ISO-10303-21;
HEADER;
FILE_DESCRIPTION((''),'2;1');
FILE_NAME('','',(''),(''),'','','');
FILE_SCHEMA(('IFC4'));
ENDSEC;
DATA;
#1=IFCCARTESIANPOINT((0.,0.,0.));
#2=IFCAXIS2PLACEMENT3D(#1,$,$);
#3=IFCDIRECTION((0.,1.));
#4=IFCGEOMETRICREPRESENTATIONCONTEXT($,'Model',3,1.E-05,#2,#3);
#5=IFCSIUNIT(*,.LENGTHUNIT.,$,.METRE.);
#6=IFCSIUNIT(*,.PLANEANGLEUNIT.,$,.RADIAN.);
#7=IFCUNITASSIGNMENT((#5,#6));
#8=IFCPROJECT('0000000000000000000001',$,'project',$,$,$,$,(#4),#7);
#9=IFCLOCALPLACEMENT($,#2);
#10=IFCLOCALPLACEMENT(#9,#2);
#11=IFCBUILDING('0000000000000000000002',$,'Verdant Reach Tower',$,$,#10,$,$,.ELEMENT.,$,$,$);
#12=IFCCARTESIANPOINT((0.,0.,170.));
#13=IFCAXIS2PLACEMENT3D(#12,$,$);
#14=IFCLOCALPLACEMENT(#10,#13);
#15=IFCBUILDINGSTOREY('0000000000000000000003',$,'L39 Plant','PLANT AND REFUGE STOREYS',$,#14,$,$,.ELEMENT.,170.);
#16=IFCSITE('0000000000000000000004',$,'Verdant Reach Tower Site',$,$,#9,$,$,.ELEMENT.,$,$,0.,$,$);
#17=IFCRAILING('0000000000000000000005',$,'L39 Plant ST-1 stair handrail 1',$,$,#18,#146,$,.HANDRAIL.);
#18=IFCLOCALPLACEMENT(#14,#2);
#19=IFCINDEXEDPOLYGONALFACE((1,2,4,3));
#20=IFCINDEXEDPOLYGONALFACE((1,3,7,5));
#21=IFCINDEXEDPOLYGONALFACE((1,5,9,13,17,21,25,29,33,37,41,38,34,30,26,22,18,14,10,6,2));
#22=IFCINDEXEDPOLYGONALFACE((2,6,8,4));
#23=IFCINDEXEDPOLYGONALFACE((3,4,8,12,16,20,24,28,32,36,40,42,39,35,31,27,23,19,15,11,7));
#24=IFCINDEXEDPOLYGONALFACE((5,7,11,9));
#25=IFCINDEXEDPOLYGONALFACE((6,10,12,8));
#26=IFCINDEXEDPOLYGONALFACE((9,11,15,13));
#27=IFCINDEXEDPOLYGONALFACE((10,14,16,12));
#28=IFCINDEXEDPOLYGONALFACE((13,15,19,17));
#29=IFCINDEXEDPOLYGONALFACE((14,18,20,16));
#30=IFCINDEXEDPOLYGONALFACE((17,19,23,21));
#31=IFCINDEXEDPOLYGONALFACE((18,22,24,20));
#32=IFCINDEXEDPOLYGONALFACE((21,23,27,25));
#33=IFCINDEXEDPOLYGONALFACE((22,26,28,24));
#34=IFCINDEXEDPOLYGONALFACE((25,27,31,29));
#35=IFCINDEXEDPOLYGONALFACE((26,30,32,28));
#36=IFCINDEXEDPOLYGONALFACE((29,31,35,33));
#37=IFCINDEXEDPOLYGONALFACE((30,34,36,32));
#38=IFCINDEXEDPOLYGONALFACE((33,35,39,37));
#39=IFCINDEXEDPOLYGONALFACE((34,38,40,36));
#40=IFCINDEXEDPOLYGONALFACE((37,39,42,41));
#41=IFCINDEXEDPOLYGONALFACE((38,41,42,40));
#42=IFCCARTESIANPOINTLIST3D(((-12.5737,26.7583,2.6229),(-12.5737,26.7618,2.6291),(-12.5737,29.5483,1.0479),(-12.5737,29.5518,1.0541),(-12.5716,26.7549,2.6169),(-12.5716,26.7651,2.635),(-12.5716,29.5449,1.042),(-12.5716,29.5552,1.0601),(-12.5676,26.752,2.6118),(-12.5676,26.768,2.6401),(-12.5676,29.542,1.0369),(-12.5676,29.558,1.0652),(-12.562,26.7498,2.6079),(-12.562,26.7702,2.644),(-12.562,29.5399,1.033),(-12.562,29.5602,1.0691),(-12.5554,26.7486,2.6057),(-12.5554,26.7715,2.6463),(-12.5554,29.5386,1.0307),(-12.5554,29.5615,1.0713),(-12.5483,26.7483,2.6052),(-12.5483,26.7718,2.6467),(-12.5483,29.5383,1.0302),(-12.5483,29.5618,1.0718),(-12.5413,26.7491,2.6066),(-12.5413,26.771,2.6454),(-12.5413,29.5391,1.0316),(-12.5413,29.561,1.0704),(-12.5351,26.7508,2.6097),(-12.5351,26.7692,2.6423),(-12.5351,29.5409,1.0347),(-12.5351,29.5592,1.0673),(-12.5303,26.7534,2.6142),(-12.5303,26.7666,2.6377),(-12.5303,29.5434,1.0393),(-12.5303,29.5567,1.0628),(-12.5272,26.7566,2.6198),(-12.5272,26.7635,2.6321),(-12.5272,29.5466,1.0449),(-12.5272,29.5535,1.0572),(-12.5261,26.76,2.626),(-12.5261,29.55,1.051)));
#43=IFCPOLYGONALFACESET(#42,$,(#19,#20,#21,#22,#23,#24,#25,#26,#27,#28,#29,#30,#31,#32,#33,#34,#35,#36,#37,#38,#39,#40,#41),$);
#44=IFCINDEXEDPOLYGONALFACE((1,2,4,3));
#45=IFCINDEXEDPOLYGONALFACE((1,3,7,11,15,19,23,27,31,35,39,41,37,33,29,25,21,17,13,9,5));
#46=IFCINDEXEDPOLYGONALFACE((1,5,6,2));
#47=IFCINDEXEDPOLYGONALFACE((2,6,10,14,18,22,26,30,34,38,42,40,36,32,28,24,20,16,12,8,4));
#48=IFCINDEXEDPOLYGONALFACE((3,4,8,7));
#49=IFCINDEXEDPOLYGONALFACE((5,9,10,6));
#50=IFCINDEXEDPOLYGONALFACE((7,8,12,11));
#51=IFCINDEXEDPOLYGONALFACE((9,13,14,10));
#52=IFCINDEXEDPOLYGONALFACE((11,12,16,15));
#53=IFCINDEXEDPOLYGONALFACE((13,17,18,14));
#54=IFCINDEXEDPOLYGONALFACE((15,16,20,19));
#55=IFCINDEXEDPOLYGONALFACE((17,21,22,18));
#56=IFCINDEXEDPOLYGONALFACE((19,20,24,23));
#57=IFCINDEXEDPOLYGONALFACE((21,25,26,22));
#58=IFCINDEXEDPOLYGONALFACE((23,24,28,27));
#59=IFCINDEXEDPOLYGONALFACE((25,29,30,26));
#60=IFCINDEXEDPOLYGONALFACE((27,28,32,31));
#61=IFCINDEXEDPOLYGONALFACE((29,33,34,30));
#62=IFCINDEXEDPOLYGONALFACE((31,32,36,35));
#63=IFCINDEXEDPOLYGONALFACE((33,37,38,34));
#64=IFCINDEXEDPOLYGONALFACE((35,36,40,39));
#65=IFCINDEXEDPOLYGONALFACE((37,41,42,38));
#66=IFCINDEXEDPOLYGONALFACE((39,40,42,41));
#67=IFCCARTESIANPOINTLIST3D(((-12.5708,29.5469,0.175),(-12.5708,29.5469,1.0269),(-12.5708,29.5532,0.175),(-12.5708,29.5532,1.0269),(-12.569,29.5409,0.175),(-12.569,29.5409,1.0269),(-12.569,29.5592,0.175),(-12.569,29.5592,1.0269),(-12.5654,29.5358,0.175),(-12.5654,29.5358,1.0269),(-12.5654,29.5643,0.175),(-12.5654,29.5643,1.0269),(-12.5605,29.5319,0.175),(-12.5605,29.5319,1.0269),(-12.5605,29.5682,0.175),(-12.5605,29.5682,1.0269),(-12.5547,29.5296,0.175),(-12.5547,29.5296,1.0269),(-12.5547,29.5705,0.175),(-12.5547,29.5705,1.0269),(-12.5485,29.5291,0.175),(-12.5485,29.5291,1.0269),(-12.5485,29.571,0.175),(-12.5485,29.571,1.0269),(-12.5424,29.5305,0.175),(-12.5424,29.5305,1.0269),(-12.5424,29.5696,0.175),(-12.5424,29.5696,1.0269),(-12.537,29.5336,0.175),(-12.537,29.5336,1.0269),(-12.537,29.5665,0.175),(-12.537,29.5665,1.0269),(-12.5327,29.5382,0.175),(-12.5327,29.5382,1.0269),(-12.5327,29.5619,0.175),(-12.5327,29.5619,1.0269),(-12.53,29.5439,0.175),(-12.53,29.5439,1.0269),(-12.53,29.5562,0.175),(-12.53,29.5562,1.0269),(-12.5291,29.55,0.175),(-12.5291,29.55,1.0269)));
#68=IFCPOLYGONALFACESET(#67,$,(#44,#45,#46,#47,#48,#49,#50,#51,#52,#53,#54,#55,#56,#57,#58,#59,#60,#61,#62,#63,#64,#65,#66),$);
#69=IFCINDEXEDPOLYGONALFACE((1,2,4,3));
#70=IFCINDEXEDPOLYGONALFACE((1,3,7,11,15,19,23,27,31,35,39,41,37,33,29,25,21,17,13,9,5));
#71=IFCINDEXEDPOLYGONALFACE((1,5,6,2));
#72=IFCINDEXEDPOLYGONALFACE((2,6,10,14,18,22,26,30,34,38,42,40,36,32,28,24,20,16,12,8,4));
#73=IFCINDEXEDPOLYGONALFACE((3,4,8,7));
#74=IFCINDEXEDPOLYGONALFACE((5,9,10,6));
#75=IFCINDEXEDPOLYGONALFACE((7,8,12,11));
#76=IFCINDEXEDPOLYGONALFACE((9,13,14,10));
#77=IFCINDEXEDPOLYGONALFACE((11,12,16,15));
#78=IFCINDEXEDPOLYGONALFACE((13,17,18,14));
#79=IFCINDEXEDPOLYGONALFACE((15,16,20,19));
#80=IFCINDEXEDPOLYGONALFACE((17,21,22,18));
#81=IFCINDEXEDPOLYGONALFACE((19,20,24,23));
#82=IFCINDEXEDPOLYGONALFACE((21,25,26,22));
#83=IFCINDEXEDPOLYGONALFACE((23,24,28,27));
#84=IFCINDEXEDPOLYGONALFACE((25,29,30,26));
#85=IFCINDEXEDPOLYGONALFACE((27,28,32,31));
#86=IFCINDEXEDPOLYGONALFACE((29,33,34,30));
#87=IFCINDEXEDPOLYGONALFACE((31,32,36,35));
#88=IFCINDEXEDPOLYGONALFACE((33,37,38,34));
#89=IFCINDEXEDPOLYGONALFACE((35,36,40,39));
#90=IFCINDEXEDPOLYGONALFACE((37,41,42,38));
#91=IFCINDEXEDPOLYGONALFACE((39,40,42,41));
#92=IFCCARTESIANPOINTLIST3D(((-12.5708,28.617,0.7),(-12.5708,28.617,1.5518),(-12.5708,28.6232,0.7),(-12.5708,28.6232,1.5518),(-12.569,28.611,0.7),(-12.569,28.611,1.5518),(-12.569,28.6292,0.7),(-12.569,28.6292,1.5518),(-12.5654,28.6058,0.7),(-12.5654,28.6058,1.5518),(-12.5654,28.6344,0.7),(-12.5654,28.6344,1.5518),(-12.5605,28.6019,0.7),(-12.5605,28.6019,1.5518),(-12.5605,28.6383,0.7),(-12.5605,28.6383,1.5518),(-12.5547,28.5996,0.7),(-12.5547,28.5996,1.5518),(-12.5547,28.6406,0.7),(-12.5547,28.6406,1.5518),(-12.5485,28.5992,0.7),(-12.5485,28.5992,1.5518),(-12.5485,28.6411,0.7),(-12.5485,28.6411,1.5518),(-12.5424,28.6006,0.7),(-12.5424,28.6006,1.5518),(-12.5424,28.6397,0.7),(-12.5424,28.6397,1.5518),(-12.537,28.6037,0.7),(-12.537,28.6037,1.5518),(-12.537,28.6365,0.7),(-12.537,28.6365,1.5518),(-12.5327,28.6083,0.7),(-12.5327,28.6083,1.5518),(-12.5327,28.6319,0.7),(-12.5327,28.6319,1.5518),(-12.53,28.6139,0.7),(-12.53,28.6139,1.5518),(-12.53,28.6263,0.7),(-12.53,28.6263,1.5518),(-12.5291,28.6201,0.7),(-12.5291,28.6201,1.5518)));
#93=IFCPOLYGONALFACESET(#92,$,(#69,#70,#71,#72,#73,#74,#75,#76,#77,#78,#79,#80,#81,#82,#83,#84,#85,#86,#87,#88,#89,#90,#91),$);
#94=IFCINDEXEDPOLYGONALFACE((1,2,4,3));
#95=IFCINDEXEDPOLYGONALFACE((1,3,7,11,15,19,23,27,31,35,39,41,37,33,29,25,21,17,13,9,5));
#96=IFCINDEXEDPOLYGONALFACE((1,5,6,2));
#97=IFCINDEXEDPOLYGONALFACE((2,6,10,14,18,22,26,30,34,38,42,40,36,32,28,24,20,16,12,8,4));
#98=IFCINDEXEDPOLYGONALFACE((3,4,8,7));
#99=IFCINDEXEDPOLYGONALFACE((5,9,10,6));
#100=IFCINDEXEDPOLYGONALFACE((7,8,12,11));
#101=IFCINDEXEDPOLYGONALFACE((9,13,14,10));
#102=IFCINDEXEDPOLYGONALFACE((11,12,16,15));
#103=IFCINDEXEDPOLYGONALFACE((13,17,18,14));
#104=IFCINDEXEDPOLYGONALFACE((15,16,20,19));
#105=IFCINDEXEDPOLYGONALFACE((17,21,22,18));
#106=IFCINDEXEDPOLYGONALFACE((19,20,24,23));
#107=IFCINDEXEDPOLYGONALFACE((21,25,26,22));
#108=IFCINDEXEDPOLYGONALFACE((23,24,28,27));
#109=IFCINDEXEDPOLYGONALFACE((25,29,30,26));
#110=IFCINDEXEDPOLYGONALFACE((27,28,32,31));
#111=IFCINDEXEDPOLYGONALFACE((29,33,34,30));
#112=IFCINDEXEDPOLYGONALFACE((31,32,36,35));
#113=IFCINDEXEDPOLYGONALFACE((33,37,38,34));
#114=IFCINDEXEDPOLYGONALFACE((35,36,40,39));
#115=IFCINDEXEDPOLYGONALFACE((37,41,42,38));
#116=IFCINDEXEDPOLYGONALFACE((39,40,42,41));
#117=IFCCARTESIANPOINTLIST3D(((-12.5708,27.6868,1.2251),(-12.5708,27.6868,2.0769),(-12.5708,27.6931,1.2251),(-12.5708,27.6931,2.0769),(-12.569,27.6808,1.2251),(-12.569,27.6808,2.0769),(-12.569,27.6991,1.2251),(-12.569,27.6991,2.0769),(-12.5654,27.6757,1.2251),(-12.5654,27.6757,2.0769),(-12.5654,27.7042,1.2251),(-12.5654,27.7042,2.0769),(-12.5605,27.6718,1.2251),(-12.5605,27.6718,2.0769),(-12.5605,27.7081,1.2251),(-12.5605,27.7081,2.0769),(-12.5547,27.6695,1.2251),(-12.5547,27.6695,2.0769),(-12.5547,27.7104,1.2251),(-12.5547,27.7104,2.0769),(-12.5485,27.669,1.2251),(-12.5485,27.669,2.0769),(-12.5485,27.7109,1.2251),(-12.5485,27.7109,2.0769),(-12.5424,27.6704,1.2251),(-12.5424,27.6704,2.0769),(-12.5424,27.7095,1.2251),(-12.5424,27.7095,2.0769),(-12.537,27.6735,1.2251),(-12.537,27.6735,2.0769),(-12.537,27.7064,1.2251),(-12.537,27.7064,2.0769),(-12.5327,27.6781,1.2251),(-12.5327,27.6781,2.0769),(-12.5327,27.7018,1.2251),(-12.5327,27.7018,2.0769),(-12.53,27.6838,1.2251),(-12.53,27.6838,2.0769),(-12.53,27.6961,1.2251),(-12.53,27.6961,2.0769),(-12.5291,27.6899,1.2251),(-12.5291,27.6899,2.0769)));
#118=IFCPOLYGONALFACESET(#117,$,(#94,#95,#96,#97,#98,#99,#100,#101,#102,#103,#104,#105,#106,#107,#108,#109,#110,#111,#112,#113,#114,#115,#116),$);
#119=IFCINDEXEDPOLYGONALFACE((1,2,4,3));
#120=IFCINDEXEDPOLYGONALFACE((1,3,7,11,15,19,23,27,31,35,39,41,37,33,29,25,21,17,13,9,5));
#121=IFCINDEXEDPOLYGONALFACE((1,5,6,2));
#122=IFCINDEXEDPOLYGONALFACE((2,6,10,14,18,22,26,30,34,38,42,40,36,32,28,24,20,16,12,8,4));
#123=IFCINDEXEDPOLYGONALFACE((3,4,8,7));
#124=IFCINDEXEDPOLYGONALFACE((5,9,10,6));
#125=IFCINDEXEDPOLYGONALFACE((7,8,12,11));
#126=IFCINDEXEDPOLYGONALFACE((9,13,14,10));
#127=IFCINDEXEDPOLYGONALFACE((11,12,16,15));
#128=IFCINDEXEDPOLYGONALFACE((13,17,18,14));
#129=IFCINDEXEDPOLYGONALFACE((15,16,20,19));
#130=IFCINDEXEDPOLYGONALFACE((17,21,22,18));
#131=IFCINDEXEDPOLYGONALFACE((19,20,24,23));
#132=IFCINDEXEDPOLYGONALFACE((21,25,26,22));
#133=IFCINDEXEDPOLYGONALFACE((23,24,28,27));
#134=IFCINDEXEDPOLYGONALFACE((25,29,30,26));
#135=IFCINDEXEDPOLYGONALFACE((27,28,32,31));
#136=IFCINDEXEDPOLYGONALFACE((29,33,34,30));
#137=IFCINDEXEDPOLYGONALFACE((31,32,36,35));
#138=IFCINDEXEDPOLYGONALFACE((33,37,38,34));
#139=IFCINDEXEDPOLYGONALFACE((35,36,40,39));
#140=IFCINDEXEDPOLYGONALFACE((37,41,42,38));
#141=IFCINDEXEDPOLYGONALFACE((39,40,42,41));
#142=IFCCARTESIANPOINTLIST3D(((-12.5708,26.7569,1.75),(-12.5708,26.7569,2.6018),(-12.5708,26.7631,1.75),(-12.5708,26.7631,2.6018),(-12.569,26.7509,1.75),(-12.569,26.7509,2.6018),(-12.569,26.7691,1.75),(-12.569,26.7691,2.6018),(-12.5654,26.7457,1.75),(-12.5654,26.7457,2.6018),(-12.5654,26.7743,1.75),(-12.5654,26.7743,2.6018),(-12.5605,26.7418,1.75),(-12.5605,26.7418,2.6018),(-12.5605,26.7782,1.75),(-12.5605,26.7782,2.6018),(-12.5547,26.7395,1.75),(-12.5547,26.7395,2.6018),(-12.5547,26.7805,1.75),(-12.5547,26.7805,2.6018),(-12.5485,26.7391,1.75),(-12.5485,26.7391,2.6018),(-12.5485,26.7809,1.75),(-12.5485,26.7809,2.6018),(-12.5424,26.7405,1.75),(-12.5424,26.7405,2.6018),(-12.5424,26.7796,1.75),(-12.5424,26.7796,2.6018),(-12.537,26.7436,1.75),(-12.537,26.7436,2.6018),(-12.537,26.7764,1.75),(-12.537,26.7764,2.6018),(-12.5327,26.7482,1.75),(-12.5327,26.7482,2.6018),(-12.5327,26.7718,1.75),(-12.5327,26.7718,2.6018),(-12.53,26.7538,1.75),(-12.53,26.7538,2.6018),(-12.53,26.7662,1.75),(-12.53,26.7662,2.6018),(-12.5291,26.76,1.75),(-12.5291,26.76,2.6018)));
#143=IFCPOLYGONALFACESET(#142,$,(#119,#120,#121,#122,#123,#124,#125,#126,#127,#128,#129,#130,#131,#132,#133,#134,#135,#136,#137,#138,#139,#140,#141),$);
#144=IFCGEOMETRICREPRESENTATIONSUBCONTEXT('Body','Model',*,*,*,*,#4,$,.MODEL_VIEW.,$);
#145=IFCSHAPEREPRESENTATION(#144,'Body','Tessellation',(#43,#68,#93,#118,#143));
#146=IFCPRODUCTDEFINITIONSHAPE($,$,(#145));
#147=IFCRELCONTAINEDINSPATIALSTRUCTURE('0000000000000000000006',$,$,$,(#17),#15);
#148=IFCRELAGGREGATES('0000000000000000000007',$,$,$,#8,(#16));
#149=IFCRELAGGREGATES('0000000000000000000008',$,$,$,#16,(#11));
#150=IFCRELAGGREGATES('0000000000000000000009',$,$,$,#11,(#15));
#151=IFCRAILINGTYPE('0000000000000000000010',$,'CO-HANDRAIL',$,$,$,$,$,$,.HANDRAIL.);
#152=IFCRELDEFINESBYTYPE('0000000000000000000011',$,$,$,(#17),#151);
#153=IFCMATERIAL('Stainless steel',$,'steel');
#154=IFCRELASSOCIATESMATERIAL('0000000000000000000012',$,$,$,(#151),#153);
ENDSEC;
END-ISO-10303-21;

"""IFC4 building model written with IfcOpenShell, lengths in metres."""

from ifc_helpers import new_model, si_unit, direction, frame, origin, origin_2d, place, context, subcontext, project, spatial, circle, extrude, material, type_object, element, save


model = new_model("IFC4")

# Units and contexts
model_context = context("Model", 3, precision=1e-05, world=origin(), true_north=direction((0.0, 1.0)))
body_context = subcontext(model_context, "Body", "Model", "MODEL_VIEW")
ifc_project = project(units=[si_unit("LENGTHUNIT", "METRE"), si_unit("PLANEANGLEUNIT", "RADIAN")], contexts=[model_context])

# Site, building, storey
site_placement = place(None, origin())
site = spatial("IfcSite", under=ifc_project, at=site_placement, Name="Verdant Reach Tower Site", CompositionType="ELEMENT", RefElevation=0.0)
building_placement = place(site_placement, origin())
building = spatial("IfcBuilding", under=site, at=building_placement, Name="Verdant Reach Tower", CompositionType="ELEMENT")
storey_placement = place(building_placement, frame((0.0, 0.0, 170.0)))
storey = spatial("IfcBuildingStorey", under=building, at=storey_placement, Name="L39 Plant", Description="PLANT AND REFUGE STOREYS", CompositionType="ELEMENT", Elevation=170.0)

# Shared definitions
ifc_material_1 = material(Name="Stainless steel", Category="steel")

# Railing
railing_type_1 = type_object("IfcRailingType", Name="CO-HANDRAIL", PredefinedType="HANDRAIL", material=ifc_material_1)
railing_1_placement = place(storey_placement, frame((-12.55, 29.55, 0.175)))
element("IfcRailing", 1, at=railing_1_placement, inside=storey, type_object=railing_type_1, Name="L39 Plant ST-1 stair handrail 1", PredefinedType="HANDRAIL", context=body_context, shape_type="SweptSolid", body=[
    extrude(circle(Radius=0.0239, at=origin_2d()), frame((0.0, 0.0, 0.876), z_axis=(0.0, -0.870834, 0.491578), x_axis=(1.0, 0.0, 0.0)), (0.0, 0.0, 1.0), 3.2039),
    extrude(circle(Radius=0.021, at=origin_2d()), origin(), (0.0, 0.0, 1.0), 0.8518),
    extrude(circle(Radius=0.021, at=origin_2d()), frame((0.0, -0.9299, 0.5249)), (0.0, 0.0, 1.0), 0.8518),
    extrude(circle(Radius=0.021, at=origin_2d()), frame((0.0, -1.8601, 1.05)), (0.0, 0.0, 1.0), 0.8518),
    extrude(circle(Radius=0.021, at=origin_2d()), frame((0.0, -2.79, 1.575)), (0.0, 0.0, 1.0), 0.8518),
])

save(model, "model.ifc")
